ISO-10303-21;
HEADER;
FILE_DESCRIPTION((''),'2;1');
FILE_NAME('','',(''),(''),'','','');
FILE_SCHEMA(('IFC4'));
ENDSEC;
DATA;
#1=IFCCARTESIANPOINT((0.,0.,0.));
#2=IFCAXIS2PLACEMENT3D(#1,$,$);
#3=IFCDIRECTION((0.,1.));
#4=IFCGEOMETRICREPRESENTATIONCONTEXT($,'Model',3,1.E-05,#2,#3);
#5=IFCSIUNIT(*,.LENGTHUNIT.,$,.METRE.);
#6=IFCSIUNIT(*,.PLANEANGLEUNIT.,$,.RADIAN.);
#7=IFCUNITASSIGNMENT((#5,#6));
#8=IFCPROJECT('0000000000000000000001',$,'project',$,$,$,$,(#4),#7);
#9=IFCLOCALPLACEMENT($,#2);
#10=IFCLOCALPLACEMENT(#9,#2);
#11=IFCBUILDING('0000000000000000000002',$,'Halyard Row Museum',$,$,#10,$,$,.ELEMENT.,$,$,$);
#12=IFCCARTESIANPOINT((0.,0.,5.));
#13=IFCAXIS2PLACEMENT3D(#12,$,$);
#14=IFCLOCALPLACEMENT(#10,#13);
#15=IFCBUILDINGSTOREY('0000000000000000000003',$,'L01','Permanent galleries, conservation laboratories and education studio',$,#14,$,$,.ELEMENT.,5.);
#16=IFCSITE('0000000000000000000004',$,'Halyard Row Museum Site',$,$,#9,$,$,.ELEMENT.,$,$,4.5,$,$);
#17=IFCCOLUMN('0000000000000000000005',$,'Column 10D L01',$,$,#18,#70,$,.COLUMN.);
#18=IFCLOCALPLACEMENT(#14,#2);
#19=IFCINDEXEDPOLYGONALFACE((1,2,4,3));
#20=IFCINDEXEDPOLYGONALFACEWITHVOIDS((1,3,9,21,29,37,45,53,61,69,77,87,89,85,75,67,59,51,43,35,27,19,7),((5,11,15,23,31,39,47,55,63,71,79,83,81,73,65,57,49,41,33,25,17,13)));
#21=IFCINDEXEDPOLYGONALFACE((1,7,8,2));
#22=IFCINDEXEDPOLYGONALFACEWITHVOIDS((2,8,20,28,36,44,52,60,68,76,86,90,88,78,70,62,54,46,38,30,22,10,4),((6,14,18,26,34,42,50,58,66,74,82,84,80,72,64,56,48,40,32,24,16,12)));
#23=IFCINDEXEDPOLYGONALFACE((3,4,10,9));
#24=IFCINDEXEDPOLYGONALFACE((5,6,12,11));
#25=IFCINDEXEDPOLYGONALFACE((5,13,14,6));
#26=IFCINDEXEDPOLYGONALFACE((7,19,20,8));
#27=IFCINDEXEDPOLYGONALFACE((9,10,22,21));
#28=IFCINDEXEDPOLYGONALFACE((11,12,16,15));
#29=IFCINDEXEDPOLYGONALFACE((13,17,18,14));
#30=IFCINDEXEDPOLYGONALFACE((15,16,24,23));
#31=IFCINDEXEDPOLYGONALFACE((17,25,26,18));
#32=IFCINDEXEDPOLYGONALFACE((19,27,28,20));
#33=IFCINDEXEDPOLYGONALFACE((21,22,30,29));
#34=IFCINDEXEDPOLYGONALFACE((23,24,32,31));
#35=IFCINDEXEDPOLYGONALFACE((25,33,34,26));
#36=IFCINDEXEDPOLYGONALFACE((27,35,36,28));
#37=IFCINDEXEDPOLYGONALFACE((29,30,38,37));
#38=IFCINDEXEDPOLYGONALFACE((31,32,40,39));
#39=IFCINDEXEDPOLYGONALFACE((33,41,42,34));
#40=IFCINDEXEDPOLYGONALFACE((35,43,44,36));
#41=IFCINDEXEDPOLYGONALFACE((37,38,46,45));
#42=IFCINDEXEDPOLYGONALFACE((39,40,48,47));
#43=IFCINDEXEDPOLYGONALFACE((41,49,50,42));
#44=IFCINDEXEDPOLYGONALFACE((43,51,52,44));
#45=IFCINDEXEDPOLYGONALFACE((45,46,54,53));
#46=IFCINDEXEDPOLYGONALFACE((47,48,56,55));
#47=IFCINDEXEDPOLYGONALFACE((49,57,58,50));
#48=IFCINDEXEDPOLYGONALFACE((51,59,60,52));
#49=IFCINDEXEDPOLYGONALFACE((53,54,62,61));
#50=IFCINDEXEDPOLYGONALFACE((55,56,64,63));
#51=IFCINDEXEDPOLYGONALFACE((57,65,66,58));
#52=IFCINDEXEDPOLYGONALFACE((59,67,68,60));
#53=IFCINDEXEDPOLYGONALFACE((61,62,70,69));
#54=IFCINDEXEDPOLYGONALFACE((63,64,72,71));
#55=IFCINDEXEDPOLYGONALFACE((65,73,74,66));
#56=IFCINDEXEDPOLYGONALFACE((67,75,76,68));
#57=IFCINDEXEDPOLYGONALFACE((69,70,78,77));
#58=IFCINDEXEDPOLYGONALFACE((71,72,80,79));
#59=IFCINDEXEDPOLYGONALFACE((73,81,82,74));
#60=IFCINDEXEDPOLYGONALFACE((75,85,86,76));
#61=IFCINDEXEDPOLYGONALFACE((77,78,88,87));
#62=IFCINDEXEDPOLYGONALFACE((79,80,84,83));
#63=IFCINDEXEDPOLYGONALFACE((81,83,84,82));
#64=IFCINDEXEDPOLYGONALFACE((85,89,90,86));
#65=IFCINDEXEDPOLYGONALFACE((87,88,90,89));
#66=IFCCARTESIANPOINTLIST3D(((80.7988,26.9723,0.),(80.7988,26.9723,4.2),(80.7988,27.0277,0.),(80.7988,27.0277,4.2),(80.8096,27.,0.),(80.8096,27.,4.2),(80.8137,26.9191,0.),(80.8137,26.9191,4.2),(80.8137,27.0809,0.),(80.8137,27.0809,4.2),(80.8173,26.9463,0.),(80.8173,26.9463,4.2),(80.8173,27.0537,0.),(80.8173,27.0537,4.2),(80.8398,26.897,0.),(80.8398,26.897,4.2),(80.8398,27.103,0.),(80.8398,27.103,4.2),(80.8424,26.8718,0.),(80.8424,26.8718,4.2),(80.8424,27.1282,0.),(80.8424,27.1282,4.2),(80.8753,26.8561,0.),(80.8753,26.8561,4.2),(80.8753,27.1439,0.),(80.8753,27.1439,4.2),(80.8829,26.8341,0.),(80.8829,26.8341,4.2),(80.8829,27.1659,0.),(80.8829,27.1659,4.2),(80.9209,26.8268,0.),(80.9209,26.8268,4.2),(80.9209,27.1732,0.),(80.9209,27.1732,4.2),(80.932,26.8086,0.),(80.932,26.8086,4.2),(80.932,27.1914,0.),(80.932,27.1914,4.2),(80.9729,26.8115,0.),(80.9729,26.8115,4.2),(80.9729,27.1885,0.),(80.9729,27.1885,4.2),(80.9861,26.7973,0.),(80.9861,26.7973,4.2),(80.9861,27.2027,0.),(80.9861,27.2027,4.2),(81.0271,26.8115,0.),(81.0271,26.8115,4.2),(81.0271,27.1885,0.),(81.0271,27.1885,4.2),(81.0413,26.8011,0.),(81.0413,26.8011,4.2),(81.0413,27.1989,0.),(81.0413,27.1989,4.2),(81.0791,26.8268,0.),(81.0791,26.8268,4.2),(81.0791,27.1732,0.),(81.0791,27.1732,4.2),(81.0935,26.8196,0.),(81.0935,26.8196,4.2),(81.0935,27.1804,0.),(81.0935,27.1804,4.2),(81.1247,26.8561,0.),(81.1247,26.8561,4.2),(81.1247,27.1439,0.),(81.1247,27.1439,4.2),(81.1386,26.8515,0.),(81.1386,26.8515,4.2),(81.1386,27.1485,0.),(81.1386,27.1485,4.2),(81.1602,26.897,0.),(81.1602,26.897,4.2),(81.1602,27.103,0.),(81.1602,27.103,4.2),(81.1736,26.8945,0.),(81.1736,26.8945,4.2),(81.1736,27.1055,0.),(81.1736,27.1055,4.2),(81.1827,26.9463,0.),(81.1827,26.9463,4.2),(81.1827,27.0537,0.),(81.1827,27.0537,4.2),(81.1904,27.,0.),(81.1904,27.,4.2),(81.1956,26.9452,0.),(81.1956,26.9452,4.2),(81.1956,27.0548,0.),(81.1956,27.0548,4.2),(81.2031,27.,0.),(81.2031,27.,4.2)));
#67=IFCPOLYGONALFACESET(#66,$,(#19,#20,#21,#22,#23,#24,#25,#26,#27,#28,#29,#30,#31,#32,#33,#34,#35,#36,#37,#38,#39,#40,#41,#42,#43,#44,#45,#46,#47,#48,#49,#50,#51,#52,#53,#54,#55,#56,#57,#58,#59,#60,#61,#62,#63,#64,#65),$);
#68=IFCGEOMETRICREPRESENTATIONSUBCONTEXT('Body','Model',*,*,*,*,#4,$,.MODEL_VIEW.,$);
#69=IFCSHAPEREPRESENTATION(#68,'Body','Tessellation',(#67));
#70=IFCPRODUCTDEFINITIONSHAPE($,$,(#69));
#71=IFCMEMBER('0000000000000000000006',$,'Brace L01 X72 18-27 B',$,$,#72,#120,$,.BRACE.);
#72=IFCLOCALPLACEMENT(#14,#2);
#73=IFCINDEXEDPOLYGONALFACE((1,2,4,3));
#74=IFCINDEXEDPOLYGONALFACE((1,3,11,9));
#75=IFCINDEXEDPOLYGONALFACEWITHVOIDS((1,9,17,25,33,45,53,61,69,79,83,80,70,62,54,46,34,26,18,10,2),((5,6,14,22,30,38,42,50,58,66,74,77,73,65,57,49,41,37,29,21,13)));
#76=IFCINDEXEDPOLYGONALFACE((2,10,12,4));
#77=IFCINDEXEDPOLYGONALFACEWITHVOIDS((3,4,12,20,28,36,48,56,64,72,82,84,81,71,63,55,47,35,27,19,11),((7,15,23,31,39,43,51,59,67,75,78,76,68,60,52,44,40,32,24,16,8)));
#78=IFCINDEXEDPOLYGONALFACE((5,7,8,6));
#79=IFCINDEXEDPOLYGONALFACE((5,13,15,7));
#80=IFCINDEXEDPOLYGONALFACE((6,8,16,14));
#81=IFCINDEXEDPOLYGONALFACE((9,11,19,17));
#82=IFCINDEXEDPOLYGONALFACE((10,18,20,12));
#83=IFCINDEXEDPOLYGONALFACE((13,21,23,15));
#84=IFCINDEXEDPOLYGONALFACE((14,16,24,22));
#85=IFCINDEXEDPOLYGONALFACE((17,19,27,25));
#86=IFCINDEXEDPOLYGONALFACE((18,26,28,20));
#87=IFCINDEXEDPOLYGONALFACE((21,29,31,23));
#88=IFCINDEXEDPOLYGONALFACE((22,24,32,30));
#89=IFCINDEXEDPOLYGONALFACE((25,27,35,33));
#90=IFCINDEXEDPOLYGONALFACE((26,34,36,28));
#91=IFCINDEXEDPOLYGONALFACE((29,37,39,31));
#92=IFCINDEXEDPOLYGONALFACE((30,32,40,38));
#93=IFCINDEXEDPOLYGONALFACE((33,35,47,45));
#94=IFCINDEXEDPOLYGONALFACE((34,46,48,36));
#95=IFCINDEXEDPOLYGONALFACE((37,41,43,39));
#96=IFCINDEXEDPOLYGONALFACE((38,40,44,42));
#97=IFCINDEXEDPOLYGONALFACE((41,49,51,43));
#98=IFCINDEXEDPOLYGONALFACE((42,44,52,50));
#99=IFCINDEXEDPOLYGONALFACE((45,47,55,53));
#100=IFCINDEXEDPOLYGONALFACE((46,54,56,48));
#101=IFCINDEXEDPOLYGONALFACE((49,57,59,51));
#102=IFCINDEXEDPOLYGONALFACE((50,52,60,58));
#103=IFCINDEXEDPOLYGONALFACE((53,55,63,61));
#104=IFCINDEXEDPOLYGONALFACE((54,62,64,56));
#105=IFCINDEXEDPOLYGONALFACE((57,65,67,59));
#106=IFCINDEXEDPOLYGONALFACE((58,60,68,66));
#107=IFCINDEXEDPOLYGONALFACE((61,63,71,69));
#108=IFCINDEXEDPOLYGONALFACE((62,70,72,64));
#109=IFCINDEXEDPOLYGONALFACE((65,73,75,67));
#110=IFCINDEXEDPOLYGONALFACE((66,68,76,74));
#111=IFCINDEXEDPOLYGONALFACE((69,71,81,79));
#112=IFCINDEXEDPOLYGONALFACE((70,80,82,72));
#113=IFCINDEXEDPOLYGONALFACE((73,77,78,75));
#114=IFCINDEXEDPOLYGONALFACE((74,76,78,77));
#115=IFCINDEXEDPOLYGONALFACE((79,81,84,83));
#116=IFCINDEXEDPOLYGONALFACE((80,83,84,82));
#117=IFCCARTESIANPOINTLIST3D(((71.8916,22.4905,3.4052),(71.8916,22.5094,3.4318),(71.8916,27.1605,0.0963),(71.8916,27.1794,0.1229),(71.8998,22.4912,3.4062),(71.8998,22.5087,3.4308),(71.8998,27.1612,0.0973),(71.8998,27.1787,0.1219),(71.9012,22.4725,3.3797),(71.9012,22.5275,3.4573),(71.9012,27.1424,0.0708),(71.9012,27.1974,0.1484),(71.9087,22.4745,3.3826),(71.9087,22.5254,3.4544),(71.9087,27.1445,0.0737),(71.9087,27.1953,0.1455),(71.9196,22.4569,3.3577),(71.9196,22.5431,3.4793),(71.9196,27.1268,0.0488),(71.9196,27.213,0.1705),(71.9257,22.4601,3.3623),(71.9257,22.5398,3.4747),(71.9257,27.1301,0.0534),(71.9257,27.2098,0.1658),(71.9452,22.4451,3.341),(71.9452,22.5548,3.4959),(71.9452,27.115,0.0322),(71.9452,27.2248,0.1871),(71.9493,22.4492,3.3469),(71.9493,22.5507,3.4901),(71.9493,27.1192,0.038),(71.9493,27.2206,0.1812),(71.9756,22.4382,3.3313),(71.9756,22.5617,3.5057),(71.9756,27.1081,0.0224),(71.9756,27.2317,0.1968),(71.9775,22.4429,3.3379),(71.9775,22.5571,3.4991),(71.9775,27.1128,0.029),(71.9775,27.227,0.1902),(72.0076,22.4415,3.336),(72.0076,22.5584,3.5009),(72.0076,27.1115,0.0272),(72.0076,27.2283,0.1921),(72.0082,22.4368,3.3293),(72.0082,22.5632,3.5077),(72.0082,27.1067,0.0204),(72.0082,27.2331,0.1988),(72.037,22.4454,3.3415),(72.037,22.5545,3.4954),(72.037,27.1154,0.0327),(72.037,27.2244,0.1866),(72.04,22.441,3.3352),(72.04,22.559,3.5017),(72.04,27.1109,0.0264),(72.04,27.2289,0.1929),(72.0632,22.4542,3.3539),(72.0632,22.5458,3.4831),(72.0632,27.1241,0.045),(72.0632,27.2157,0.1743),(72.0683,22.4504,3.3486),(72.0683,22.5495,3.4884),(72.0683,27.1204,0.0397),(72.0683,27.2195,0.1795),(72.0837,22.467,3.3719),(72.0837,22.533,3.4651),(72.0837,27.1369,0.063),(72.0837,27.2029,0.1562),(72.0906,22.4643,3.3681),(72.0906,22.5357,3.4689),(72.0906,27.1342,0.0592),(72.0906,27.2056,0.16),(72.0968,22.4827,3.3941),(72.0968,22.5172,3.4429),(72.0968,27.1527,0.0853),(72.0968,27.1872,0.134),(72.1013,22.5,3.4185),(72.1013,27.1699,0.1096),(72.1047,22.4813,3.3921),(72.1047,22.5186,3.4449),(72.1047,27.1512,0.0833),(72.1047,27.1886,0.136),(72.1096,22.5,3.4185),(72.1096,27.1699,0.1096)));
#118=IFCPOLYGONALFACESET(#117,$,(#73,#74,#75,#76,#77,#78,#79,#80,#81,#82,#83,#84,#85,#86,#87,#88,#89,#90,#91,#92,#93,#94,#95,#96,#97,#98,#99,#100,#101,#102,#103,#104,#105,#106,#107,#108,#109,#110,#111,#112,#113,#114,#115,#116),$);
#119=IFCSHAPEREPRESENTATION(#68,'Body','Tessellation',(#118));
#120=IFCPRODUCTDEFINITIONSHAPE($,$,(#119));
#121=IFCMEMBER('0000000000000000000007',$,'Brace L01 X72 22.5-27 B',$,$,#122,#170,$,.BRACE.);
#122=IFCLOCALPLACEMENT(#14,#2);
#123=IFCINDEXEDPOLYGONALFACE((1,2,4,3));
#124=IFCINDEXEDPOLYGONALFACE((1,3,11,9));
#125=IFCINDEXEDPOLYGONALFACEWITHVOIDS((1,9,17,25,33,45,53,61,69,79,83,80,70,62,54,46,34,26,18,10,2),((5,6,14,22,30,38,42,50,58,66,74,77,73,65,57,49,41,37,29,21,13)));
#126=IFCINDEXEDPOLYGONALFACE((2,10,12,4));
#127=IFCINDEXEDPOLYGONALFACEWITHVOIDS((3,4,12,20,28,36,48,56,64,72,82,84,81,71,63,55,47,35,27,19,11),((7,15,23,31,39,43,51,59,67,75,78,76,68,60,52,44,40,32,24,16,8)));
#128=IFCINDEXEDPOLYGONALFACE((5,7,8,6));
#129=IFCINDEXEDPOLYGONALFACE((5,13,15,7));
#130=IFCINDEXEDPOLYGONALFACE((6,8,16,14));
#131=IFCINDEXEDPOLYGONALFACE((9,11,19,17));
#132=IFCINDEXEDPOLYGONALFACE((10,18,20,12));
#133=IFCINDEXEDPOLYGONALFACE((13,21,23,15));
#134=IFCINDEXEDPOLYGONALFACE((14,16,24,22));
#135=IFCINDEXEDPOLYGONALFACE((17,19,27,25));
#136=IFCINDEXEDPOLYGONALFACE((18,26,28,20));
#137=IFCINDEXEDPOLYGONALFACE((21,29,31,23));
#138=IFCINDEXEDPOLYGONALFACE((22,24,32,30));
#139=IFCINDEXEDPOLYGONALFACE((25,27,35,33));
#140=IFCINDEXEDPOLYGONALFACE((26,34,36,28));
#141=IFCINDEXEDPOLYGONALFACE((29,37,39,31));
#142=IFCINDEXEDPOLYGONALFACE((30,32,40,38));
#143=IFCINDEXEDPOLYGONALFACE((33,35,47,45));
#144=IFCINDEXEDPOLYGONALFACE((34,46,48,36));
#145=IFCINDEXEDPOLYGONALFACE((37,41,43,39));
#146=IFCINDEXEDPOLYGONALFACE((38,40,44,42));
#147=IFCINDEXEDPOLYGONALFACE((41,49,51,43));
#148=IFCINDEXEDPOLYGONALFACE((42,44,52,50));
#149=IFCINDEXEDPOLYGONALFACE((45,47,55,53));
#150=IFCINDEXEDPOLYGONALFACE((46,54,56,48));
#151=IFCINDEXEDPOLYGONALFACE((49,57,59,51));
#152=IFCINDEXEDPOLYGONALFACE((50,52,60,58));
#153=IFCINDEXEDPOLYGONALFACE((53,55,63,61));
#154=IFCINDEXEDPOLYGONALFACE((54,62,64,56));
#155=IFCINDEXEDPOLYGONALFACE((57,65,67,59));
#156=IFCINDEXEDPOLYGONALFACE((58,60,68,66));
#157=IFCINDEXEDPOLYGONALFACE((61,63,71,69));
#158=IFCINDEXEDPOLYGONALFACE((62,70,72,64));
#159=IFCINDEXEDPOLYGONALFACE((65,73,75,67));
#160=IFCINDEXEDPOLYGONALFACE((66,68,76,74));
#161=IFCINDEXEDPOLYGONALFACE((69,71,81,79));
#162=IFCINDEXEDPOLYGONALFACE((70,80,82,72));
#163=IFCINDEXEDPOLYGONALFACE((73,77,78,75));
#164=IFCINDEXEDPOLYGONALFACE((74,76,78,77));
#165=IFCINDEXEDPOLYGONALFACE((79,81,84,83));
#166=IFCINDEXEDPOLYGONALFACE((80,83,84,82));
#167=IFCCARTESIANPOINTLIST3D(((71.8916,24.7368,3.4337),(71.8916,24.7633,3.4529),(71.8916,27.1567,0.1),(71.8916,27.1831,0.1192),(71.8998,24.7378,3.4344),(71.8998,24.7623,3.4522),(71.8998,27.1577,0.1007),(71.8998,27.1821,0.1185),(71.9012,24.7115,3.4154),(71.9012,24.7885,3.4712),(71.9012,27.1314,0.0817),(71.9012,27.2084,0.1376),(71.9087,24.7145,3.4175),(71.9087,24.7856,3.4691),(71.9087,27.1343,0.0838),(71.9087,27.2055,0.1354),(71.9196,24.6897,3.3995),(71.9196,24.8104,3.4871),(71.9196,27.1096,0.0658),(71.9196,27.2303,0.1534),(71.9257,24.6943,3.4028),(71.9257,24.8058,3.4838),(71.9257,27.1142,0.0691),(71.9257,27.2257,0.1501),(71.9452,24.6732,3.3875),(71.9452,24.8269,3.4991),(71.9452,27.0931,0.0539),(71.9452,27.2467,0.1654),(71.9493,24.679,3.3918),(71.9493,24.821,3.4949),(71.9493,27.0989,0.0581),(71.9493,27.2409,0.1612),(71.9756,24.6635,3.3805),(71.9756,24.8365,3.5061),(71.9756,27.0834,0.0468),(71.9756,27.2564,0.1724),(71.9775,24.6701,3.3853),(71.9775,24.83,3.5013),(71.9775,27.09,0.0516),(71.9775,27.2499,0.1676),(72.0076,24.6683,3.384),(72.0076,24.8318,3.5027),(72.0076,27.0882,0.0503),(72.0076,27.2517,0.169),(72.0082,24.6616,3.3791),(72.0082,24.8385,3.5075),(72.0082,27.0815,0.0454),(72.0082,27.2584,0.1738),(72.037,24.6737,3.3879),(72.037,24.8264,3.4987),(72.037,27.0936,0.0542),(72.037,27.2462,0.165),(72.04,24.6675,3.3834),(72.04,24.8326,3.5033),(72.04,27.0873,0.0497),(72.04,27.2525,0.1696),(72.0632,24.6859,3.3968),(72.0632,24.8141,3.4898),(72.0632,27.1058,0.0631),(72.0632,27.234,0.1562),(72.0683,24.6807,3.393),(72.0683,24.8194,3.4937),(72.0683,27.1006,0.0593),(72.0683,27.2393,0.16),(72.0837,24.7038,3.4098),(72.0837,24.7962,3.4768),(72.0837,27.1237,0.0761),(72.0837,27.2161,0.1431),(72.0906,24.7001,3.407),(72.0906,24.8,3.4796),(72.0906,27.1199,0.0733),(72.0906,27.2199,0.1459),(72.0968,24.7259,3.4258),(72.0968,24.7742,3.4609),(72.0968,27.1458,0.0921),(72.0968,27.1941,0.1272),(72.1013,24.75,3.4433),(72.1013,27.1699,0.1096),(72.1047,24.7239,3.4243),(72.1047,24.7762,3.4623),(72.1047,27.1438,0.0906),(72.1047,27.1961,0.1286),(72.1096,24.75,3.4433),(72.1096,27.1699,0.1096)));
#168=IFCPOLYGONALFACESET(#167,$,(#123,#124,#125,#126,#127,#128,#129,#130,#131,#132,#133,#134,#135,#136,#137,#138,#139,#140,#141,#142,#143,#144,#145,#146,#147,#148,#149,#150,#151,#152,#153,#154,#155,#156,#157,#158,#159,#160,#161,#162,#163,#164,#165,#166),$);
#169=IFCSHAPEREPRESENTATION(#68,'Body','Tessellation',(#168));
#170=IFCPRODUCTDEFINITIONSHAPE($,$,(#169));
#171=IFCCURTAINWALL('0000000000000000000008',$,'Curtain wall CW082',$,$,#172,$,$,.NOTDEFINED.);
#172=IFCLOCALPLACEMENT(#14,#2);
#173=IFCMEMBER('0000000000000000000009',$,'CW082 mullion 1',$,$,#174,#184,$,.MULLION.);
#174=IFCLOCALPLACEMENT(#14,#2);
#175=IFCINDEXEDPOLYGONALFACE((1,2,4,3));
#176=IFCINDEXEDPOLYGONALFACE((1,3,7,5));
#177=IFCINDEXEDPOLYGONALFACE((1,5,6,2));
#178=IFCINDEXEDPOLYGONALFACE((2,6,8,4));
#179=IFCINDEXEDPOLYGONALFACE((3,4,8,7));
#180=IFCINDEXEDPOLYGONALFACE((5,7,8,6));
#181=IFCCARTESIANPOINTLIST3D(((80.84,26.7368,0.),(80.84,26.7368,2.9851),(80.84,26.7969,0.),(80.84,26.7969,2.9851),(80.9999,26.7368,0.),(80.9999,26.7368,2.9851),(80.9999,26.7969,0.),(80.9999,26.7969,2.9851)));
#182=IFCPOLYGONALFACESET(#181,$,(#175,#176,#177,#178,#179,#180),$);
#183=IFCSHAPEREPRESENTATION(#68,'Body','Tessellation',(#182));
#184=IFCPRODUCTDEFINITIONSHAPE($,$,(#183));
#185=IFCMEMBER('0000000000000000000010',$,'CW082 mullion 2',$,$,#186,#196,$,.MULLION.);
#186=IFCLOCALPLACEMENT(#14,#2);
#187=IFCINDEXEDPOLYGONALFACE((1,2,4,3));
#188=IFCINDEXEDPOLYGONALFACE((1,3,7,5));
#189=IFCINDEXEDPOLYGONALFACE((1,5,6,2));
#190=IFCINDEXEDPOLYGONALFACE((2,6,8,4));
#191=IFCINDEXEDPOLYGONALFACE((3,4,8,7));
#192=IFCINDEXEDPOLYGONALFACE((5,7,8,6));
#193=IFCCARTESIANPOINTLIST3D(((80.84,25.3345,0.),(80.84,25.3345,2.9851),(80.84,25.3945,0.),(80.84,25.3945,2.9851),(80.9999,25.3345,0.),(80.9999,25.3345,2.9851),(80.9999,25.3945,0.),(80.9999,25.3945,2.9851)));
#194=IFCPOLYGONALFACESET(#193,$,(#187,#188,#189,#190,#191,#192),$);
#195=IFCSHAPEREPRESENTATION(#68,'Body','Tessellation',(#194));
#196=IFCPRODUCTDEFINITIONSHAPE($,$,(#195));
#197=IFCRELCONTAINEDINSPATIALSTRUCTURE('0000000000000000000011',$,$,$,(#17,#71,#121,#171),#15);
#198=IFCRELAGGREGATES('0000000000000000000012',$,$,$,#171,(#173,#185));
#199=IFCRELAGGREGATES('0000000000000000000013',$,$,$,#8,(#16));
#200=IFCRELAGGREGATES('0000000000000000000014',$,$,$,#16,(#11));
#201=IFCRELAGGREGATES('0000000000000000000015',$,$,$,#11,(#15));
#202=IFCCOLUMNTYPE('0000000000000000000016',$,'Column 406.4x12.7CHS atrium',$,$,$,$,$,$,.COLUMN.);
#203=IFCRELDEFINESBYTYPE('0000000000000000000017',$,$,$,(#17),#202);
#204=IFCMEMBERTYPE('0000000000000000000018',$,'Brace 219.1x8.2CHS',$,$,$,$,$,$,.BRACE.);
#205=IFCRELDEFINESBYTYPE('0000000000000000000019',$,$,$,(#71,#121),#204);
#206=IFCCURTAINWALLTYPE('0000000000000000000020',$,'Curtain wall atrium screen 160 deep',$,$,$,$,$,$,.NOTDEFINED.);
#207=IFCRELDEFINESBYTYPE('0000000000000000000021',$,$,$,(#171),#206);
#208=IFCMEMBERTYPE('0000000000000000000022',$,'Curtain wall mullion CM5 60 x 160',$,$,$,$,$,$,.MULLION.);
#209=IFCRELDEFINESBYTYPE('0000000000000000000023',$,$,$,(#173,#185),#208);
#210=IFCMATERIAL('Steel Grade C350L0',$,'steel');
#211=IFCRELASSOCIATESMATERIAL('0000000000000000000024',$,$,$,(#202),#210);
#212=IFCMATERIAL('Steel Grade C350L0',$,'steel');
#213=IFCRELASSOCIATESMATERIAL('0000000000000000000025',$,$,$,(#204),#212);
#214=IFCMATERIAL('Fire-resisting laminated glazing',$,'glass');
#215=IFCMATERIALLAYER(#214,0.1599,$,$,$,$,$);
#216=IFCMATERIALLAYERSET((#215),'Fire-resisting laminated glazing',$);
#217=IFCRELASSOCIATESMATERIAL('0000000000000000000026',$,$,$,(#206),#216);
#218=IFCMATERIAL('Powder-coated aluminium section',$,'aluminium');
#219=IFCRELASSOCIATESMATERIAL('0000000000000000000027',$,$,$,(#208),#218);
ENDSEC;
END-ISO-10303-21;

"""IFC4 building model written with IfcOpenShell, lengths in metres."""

from ifc_helpers import new_model, si_unit, direction, frame, origin, origin_2d, place, context, subcontext, project, spatial, rectangle, hollow_circle, extrude, material, layer, layer_set, material_profile, profile_set, type_object, element, aggregate, save


model = new_model("IFC4")

# Units and contexts
model_context = context("Model", 3, precision=1e-05, world=origin(), true_north=direction((0.0, 1.0)))
body_context = subcontext(model_context, "Body", "Model", "MODEL_VIEW")
ifc_project = project(units=[si_unit("LENGTHUNIT", "METRE"), si_unit("PLANEANGLEUNIT", "RADIAN")], contexts=[model_context])

# Site, building, storey
site_placement = place(None, origin())
site = spatial("IfcSite", under=ifc_project, at=site_placement, Name="Halyard Row Museum Site", CompositionType="ELEMENT", RefElevation=4.5)
building_placement = place(site_placement, origin())
building = spatial("IfcBuilding", under=site, at=building_placement, Name="Halyard Row Museum", CompositionType="ELEMENT")
storey_placement = place(building_placement, frame((0.0, 0.0, 5.0)))
storey = spatial("IfcBuildingStorey", under=building, at=storey_placement, Name="L01", Description="Permanent galleries, conservation laboratories and education studio", CompositionType="ELEMENT", Elevation=5.0)

# Column
ifc_material_1 = material(Name="Steel Grade C350L0", Category="steel")
ifc_material_profile_1 = material_profile(ifc_material_1, hollow_circle(Radius=0.2031, WallThickness=0.0127, at=origin_2d()), Name="406.4x12.7CHS")
ifc_profile_set_1 = profile_set([ifc_material_profile_1], Name="Steel Grade C350L0")
column_type = type_object("IfcColumnType", Name="Column 406.4x12.7CHS atrium", PredefinedType="COLUMN", material=ifc_profile_set_1)
column_placement = place(storey_placement, frame((81.0, 27.0, 0.0), z_axis=(0.0, 0.0, 1.0), x_axis=(1.0, 0.0, 0.0)))
element("IfcColumn", 1, at=column_placement, inside=storey, type_object=column_type, Name="Column 10D L01", PredefinedType="COLUMN", context=body_context, shape_type="SweptSolid", body=[
    extrude(hollow_circle(Radius=0.2031, WallThickness=0.0127, at=origin_2d()), origin(), (0.0, 0.0, 1.0), 4.2),
])

# Members
ifc_material_2 = material(Name="Steel Grade C350L0", Category="steel")
ifc_material_profile_2 = material_profile(ifc_material_2, hollow_circle(Radius=0.1096, WallThickness=0.0083, at=origin_2d()), Name="219.1x8.2CHS")
ifc_profile_set_2 = profile_set([ifc_material_profile_2], Name="Steel Grade C350L0")
member_type_1 = type_object("IfcMemberType", Name="Brace 219.1x8.2CHS", PredefinedType="BRACE", material=ifc_profile_set_2)
member_1_placement = place(storey_placement, frame((72.0, 27.1699, 0.1096), z_axis=(0.0, -0.815944, 0.578131), x_axis=(1.0, 0.0, 0.0)))
element("IfcMember", 2, at=member_1_placement, inside=storey, type_object=member_type_1, Name="Brace L01 X72 18-27 B", PredefinedType="BRACE", context=body_context, shape_type="SweptSolid", body=[
    extrude(hollow_circle(Radius=0.1096, WallThickness=0.0083, at=origin_2d()), origin(), (0.0, 0.0, 1.0), 5.7234),
])
member_2_placement = place(storey_placement, frame((72.0, 27.1699, 0.1096), z_axis=(0.0, -0.587438, 0.809269), x_axis=(1.0, 0.0, 0.0)))
element("IfcMember", 3, at=member_2_placement, inside=storey, type_object=member_type_1, Name="Brace L01 X72 22.5-27 B", PredefinedType="BRACE", context=body_context, shape_type="SweptSolid", body=[
    extrude(hollow_circle(Radius=0.1096, WallThickness=0.0083, at=origin_2d()), origin(), (0.0, 0.0, 1.0), 4.1194),
])

# Curtain wall, members
ifc_material_3 = material(Name="Fire-resisting laminated glazing", Category="glass")
ifc_layer_1 = layer(ifc_material_3, 0.1599)
ifc_layer_set_1 = layer_set([ifc_layer_1], Name="Fire-resisting laminated glazing")
curtain_wall_type = type_object("IfcCurtainWallType", Name="Curtain wall atrium screen 160 deep", PredefinedType="NOTDEFINED", material=ifc_layer_set_1)
curtain_wall_1_placement = place(storey_placement, origin())
curtain_wall_1 = element("IfcCurtainWall", 4, at=curtain_wall_1_placement, inside=storey, type_object=curtain_wall_type, Name="Curtain wall CW082", PredefinedType="NOTDEFINED")
ifc_material_4 = material(Name="Powder-coated aluminium section", Category="aluminium")
ifc_material_profile_3 = material_profile(ifc_material_4, rectangle(XDim=0.1599, YDim=0.0601, at=origin_2d()), Name="160x60 mullion")
ifc_profile_set_3 = profile_set([ifc_material_profile_3], Name="Powder-coated aluminium section")
member_type_2 = type_object("IfcMemberType", Name="Curtain wall mullion CM5 60 x 160", PredefinedType="MULLION", material=ifc_profile_set_3)
member_3_placement = place(storey_placement, frame((80.9199, 26.7668, 0.0), z_axis=(0.0, 0.0, 1.0), x_axis=(1.0, 0.0, 0.0)))
member_3 = element("IfcMember", 5, at=member_3_placement, type_object=member_type_2, Name="CW082 mullion 1", PredefinedType="MULLION", context=body_context, shape_type="SweptSolid", body=[
    extrude(rectangle(XDim=0.1599, YDim=0.0601, at=origin_2d()), origin(), (0.0, 0.0, 1.0), 2.9851),
])
member_4_placement = place(storey_placement, frame((80.9199, 25.3645, 0.0), z_axis=(0.0, 0.0, 1.0), x_axis=(1.0, 0.0, 0.0)))
member_4 = element("IfcMember", 6, at=member_4_placement, type_object=member_type_2, Name="CW082 mullion 2", PredefinedType="MULLION", context=body_context, shape_type="SweptSolid", body=[
    extrude(rectangle(XDim=0.1599, YDim=0.0601, at=origin_2d()), origin(), (0.0, 0.0, 1.0), 2.9851),
])

aggregate(curtain_wall_1, [member_3, member_4])

save(model, "model.ifc")
